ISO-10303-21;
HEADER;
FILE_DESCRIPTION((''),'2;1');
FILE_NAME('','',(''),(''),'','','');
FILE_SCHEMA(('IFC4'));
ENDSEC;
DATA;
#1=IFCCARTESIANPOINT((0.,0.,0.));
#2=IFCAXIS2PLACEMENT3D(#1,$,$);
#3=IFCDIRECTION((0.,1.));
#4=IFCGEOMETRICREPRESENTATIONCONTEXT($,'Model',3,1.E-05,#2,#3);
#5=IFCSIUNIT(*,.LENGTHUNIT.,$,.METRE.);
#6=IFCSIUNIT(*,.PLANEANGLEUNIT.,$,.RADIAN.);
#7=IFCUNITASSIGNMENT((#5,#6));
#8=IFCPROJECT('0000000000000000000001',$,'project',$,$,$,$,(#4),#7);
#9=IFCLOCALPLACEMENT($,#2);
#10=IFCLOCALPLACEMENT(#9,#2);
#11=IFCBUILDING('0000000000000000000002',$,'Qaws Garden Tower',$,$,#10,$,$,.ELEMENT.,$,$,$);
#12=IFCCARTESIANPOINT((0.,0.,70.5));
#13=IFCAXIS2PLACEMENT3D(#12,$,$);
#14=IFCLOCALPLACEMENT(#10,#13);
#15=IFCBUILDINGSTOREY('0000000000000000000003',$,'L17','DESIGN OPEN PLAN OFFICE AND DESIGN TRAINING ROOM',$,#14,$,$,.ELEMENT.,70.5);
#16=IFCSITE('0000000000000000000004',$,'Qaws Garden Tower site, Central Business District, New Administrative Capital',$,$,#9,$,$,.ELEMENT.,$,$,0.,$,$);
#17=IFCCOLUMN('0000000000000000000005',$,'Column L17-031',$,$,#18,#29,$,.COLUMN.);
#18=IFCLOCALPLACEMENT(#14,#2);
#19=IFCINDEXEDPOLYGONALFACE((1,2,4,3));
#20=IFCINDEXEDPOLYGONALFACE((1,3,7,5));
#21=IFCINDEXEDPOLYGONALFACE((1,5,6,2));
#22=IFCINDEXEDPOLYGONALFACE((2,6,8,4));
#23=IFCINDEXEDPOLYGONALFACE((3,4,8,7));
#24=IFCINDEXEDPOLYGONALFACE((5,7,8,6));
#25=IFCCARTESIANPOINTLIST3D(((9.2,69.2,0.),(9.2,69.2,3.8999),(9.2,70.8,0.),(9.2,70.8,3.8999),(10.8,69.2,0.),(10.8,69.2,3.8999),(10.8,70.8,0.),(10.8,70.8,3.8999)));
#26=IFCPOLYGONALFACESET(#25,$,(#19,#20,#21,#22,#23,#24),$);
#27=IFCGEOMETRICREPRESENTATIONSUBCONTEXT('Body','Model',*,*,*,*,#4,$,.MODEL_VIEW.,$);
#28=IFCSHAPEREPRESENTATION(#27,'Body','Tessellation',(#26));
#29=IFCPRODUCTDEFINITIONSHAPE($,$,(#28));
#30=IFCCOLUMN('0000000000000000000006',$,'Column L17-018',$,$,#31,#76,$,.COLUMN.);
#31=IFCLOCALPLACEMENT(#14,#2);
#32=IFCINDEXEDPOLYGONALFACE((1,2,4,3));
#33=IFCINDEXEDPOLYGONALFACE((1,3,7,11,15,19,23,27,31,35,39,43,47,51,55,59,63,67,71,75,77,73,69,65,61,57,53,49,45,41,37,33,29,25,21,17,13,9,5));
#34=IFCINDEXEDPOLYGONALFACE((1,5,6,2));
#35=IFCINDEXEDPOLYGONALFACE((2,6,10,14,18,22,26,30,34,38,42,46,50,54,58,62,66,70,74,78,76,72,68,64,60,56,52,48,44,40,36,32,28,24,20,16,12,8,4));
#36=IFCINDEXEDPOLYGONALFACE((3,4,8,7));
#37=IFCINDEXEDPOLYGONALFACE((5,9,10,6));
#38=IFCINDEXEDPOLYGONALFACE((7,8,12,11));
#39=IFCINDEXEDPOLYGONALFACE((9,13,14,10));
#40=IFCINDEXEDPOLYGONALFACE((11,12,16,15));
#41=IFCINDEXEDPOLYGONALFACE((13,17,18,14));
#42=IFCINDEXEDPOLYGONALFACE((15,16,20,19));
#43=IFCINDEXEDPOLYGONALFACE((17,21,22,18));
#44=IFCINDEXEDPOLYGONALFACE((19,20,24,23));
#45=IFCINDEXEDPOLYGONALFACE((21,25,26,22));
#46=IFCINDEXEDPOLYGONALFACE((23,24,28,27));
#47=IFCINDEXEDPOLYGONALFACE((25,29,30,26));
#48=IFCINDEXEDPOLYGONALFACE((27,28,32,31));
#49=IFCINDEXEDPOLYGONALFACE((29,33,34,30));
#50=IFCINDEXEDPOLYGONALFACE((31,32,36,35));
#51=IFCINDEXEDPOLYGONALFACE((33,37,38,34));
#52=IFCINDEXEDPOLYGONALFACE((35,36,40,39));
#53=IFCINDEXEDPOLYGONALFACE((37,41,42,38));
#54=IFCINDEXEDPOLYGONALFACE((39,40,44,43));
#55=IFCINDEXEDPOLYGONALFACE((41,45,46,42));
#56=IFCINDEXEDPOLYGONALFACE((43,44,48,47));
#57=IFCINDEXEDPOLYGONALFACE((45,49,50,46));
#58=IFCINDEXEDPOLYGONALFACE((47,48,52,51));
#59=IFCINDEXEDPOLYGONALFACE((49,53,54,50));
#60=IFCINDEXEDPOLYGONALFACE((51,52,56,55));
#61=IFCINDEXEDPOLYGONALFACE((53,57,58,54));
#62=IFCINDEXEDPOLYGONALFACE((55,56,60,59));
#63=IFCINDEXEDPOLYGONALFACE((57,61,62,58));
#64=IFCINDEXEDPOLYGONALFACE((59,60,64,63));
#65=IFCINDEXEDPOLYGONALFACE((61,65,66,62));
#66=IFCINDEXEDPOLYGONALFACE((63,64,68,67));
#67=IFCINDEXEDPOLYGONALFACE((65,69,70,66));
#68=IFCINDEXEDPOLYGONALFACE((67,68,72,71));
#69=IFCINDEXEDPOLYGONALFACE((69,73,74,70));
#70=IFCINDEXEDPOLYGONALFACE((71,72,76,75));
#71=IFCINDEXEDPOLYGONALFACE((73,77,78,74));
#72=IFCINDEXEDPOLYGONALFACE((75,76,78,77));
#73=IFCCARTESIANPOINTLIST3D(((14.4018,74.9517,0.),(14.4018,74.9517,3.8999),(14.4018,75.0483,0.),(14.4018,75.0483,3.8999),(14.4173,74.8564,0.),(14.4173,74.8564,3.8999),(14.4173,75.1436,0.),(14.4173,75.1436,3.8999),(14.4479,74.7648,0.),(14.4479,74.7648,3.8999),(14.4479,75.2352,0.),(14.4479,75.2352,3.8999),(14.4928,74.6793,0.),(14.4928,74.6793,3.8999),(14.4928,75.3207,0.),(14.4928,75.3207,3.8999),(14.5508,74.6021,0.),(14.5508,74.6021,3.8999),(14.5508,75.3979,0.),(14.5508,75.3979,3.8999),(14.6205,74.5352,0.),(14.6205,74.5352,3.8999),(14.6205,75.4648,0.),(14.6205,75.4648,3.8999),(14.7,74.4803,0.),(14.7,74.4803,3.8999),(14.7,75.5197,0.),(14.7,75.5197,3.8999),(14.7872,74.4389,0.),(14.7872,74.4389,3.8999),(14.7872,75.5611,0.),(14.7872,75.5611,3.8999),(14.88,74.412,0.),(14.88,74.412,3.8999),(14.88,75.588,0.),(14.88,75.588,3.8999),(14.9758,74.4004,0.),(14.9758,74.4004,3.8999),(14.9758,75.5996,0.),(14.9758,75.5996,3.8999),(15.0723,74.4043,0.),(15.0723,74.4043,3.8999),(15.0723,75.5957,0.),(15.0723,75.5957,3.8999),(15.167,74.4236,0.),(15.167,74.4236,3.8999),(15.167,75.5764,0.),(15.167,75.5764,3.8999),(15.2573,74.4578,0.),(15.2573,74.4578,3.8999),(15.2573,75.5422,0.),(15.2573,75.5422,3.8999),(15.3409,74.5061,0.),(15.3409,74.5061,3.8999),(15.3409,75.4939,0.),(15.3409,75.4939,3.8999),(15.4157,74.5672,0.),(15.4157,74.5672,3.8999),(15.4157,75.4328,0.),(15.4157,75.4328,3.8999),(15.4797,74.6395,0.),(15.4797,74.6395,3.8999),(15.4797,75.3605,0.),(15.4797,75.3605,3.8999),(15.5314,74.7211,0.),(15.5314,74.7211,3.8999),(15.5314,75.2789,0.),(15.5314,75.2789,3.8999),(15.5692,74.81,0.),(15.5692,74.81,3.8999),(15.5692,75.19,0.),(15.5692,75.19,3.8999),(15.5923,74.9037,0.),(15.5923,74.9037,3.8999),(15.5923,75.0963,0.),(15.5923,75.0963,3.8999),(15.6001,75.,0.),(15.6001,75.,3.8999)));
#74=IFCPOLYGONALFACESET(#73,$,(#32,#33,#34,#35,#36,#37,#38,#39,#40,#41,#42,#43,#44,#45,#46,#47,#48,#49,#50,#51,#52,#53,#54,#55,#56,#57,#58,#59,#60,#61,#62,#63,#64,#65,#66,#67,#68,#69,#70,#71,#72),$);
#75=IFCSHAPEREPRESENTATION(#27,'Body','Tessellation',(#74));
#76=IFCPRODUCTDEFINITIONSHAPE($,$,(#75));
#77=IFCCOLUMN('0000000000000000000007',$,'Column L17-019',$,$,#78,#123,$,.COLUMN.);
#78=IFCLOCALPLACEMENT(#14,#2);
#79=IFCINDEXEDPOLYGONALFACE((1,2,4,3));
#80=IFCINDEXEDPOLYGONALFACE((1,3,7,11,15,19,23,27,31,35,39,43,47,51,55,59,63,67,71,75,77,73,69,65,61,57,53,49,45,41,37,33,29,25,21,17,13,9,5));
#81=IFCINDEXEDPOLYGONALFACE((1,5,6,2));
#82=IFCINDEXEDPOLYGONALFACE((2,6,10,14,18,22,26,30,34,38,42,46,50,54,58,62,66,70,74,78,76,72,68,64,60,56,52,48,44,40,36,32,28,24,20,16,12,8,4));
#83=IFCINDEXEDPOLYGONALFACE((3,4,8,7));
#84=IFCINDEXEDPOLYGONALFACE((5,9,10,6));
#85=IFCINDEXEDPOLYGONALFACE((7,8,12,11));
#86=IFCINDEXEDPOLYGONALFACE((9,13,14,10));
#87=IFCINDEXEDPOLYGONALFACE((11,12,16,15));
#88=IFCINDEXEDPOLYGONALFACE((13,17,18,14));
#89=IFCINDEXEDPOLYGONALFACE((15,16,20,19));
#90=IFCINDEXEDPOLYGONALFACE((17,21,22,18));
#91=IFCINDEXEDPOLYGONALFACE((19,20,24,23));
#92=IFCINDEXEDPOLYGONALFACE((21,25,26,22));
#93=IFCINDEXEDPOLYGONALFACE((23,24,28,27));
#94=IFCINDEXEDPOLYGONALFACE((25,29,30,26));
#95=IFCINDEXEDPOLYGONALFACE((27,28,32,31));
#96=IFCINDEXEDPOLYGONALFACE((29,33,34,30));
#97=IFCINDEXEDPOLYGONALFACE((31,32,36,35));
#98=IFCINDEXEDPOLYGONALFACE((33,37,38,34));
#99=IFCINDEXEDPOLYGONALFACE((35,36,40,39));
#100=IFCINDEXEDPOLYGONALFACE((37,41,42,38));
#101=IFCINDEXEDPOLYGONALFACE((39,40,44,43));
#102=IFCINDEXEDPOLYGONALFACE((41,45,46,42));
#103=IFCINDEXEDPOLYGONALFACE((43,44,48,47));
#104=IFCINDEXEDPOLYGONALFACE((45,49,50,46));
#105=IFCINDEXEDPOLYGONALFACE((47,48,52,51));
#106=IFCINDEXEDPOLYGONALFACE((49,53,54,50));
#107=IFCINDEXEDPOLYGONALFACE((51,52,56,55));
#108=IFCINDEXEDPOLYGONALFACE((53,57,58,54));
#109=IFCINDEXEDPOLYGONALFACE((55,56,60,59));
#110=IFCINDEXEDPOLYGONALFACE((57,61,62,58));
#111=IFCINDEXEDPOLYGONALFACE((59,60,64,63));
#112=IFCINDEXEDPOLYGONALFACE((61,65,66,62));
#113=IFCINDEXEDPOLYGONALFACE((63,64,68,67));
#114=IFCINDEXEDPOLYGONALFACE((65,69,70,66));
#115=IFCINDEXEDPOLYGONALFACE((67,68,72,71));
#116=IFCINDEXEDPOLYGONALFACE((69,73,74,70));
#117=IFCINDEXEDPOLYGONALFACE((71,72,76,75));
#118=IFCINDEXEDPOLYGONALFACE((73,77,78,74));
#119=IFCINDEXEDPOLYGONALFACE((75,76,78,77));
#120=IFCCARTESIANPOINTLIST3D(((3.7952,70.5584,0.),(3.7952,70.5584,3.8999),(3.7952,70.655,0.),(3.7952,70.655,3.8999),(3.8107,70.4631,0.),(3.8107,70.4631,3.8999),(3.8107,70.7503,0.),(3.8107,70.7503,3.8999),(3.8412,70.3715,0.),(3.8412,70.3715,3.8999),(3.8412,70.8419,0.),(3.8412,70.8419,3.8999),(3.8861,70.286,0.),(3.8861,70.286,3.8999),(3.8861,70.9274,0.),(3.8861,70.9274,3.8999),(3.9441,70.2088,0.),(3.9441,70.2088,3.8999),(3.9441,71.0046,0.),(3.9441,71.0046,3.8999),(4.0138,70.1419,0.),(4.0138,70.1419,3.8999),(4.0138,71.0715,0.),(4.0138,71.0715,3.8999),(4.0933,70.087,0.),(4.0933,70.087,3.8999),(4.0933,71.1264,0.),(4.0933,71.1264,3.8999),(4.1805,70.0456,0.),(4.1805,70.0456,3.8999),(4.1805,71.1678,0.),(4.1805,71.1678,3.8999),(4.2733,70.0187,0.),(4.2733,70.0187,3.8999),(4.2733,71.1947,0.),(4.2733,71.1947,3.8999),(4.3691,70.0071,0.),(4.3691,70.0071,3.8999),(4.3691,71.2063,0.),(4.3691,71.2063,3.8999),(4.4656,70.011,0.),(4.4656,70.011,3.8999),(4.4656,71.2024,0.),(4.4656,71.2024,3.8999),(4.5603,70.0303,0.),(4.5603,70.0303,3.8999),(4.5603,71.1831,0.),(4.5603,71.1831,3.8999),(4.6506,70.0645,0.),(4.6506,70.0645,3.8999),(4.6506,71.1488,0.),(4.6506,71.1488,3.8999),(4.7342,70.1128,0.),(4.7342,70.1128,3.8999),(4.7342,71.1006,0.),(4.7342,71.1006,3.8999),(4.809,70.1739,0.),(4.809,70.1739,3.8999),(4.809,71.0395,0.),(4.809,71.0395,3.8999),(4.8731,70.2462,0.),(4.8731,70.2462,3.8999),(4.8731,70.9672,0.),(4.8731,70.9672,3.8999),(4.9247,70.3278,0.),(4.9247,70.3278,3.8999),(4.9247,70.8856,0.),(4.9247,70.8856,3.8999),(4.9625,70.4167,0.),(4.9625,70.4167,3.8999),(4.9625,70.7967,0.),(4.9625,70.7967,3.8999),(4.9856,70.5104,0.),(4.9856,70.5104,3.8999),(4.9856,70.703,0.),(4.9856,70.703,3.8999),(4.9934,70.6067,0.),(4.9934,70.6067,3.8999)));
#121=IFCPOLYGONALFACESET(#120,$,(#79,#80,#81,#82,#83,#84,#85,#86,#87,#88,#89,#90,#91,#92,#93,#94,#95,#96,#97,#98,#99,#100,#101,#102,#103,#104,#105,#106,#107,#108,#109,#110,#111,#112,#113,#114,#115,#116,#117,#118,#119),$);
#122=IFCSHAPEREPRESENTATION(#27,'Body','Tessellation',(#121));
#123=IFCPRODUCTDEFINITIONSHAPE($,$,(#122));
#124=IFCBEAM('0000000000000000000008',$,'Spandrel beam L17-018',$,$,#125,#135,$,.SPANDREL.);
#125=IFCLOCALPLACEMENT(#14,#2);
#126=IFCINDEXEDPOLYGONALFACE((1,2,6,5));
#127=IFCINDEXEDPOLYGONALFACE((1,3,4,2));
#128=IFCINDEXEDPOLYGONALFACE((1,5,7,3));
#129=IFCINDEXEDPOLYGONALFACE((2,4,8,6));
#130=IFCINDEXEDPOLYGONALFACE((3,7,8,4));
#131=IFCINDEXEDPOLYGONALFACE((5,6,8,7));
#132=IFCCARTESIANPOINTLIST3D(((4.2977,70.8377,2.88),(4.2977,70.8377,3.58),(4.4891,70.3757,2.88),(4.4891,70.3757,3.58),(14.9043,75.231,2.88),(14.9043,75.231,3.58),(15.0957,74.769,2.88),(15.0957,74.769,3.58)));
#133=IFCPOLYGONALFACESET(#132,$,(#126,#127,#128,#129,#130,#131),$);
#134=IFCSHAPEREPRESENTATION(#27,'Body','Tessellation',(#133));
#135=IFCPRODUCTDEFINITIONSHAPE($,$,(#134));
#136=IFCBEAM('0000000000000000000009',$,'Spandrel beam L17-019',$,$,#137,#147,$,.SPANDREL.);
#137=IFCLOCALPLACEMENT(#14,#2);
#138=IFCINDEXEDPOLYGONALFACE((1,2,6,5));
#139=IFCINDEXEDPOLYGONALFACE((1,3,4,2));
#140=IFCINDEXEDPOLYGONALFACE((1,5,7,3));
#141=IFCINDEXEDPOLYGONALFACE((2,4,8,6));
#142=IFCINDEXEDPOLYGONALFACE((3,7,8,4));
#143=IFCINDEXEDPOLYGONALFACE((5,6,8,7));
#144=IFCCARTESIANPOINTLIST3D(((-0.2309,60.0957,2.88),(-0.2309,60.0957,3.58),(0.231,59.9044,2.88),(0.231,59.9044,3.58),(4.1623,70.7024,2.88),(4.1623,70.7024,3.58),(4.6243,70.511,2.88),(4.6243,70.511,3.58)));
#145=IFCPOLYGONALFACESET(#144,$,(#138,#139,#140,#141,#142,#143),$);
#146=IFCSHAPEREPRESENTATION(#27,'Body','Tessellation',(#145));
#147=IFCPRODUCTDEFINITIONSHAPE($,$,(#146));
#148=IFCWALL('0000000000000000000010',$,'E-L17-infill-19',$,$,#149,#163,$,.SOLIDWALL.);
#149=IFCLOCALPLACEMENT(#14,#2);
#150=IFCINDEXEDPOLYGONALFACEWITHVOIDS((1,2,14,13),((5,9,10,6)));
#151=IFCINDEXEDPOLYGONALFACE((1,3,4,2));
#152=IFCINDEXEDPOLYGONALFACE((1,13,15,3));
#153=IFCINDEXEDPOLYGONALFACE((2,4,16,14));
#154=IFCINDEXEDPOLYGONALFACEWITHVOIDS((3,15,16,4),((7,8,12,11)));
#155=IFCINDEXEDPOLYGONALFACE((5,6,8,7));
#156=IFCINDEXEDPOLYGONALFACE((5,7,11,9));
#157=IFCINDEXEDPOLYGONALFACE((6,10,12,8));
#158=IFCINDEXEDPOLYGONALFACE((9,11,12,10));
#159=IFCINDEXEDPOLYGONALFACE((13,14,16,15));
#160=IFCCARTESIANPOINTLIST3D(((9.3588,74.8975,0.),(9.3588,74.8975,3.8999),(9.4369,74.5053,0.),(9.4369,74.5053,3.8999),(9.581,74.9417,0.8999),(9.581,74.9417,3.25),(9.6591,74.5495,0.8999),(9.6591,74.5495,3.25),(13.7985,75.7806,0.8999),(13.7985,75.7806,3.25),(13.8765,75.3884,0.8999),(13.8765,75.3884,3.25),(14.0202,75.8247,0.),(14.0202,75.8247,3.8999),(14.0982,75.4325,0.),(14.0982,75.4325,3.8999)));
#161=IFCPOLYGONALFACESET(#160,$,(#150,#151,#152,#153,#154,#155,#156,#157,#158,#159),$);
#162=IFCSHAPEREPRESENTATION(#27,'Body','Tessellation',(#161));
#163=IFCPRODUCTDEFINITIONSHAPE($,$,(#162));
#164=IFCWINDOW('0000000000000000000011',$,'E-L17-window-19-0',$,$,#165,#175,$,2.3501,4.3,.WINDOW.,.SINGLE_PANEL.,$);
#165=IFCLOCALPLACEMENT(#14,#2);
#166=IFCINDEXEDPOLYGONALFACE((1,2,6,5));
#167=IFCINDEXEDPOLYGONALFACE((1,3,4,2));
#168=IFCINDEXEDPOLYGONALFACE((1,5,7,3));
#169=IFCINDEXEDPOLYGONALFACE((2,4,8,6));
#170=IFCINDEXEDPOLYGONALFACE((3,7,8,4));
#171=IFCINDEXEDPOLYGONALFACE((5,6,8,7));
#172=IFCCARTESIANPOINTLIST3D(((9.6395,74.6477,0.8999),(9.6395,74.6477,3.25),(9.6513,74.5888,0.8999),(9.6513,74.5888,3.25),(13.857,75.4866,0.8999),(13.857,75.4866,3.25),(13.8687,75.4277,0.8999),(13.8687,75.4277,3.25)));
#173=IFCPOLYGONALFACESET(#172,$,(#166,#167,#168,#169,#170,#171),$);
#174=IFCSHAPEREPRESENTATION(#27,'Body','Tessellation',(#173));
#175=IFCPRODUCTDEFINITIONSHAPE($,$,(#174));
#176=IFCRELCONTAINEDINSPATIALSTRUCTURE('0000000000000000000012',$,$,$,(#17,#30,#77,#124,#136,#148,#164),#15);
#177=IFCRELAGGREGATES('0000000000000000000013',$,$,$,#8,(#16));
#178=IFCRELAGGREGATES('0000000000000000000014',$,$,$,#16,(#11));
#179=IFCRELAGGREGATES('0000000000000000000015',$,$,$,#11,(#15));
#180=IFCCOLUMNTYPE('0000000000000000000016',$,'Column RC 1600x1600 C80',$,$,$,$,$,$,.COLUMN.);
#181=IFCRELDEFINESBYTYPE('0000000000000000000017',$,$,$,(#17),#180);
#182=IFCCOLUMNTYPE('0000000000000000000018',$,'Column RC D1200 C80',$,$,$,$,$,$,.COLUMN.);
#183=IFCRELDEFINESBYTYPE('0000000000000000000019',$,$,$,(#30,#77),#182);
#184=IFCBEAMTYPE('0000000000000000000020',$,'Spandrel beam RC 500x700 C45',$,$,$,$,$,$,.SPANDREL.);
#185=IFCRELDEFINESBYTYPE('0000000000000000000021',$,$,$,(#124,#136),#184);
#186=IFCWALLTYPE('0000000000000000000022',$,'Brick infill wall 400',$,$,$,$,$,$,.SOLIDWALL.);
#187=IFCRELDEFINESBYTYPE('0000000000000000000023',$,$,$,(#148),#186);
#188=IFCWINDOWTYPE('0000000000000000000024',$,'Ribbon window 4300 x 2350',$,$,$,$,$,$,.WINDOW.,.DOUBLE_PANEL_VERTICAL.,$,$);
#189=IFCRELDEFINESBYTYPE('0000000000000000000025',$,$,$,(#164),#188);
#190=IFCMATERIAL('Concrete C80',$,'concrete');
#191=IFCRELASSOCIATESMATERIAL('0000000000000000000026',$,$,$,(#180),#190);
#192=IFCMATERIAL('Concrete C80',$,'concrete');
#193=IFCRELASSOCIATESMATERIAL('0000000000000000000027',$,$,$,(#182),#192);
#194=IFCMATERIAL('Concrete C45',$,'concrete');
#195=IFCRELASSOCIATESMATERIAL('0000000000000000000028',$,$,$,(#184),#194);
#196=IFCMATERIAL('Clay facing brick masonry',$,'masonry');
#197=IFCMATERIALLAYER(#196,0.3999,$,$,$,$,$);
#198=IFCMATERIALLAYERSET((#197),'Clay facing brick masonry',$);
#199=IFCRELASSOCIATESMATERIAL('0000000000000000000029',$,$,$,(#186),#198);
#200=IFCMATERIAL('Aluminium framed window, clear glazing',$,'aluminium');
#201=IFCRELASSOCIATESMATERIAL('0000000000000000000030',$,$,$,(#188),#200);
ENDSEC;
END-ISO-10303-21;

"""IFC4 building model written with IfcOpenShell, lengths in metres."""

from ifc_helpers import new_model, si_unit, direction, frame, frame_2d, origin, origin_2d, place, context, subcontext, project, spatial, rectangle, circle, extrude, material, layer, layer_set, material_profile, profile_set, type_object, element, fill, save


model = new_model("IFC4")

# Units and contexts
model_context = context("Model", 3, precision=1e-05, world=origin(), true_north=direction((0.0, 1.0)))
body_context = subcontext(model_context, "Body", "Model", "MODEL_VIEW")
ifc_project = project(units=[si_unit("LENGTHUNIT", "METRE"), si_unit("PLANEANGLEUNIT", "RADIAN")], contexts=[model_context])

# Site, building, storey
site_placement = place(None, origin())
site = spatial("IfcSite", under=ifc_project, at=site_placement, Name="Qaws Garden Tower site, Central Business District, New Administrative Capital", CompositionType="ELEMENT", RefElevation=0.0)
building_placement = place(site_placement, origin())
building = spatial("IfcBuilding", under=site, at=building_placement, Name="Qaws Garden Tower", CompositionType="ELEMENT")
storey_placement = place(building_placement, frame((0.0, 0.0, 70.5)))
storey = spatial("IfcBuildingStorey", under=building, at=storey_placement, Name="L17", Description="DESIGN OPEN PLAN OFFICE AND DESIGN TRAINING ROOM", CompositionType="ELEMENT", Elevation=70.5)

# Columns
ifc_material_1 = material(Name="Concrete C80", Category="concrete")
ifc_material_profile_1 = material_profile(ifc_material_1, rectangle(XDim=1.6001, YDim=1.6001, at=origin_2d()), Name="RC 1600x1600")
ifc_profile_set_1 = profile_set([ifc_material_profile_1], Name="Concrete C80")
column_type_1 = type_object("IfcColumnType", Name="Column RC 1600x1600 C80", PredefinedType="COLUMN", material=ifc_profile_set_1)
column_placement = place(storey_placement, frame((10.0, 70.0, 0.0), z_axis=(0.0, 0.0, 1.0), x_axis=(1.0, 0.0, 0.0)))
element("IfcColumn", 1, at=column_placement, inside=storey, type_object=column_type_1, Name="Column L17-031", PredefinedType="COLUMN", context=body_context, shape_type="SweptSolid", body=[
    extrude(rectangle(XDim=1.6001, YDim=1.6001, at=origin_2d()), origin(), (0.0, 0.0, 1.0), 3.8999),
])
ifc_material_2 = material(Name="Concrete C80", Category="concrete")
ifc_material_profile_2 = material_profile(ifc_material_2, circle(Radius=0.6001, at=origin_2d()), Name="RC D1200")
ifc_profile_set_2 = profile_set([ifc_material_profile_2], Name="Concrete C80")
column_type_2 = type_object("IfcColumnType", Name="Column RC D1200 C80", PredefinedType="COLUMN", material=ifc_profile_set_2)
for number, where, z_axis, x_axis, name in (
    (2, (15.0, 75.0, 0.0), (0.0, 0.0, 1.0), (1.0, 0.0, 0.0), "Column L17-018"),
    (3, (4.3933, 70.6067, 0.0), (0.0, 0.0, 1.0), (1.0, 0.0, 0.0), "Column L17-019"),
):
    element("IfcColumn", number, at=place(storey_placement, frame(where, z_axis=z_axis, x_axis=x_axis)), inside=storey, type_object=column_type_2, Name=name, PredefinedType="COLUMN", context=body_context, shape_type="SweptSolid", body=[
        extrude(circle(Radius=0.6001, at=origin_2d()), origin(), (0.0, 0.0, 1.0), 3.8999),
    ])

# Beams
ifc_material_3 = material(Name="Concrete C45", Category="concrete")
ifc_material_profile_3 = material_profile(ifc_material_3, rectangle(XDim=0.5, YDim=0.7, at=origin_2d()), Name="RC 500x700")
ifc_profile_set_3 = profile_set([ifc_material_profile_3], Name="Concrete C45")
beam_type = type_object("IfcBeamType", Name="Spandrel beam RC 500x700 C45", PredefinedType="SPANDREL", material=ifc_profile_set_3)
for number, where, z_axis, x_axis, name in (
    (4, (15.0, 75.0, 3.23), (-0.923883, -0.382674, 0.0), (0.382674, -0.923883, 0.0), "Spandrel beam L17-018"),
    (5, (4.3933, 70.6067, 3.23), (-0.382674, -0.923883, 0.0), (0.923883, -0.382674, 0.0), "Spandrel beam L17-019"),
):
    element("IfcBeam", number, at=place(storey_placement, frame(where, z_axis=z_axis, x_axis=x_axis)), inside=storey, type_object=beam_type, Name=name, PredefinedType="SPANDREL", context=body_context, shape_type="SweptSolid", body=[
        extrude(rectangle(XDim=0.5, YDim=0.7, at=origin_2d()), origin(), (0.0, 0.0, 1.0), 11.4805),
    ])

# Wall, opening, window
ifc_material_4 = material(Name="Clay facing brick masonry", Category="masonry")
ifc_layer_1 = layer(ifc_material_4, 0.3999)
ifc_layer_set_1 = layer_set([ifc_layer_1], Name="Clay facing brick masonry")
wall_type_1 = type_object("IfcWallType", Name="Brick infill wall 400", PredefinedType="SOLIDWALL", material=ifc_layer_set_1)
wall_1_placement = place(storey_placement, frame((14.0593, 75.6287, 0.0), z_axis=(0.0, 0.0, 1.0), x_axis=(-0.980784, -0.195099, 0.0)))
wall_1 = element("IfcWall", 6, at=wall_1_placement, inside=storey, type_object=wall_type_1, Name="E-L17-infill-19", PredefinedType="SOLIDWALL", context=body_context, shape_type="SweptSolid", body=[
    extrude(rectangle(XDim=4.7527, YDim=0.3999, at=frame_2d((2.3765, 0.0))), origin(), (0.0, 0.0, 1.0), 3.8999),
])
opening_1_placement = place(wall_1_placement, frame((0.2263, 0.0, 0.8999)))
opening_1 = element("IfcOpeningElement", 7, at=opening_1_placement, cuts=wall_1, PredefinedType="OPENING", context=body_context, shape_type="SweptSolid", body=[
    extrude(rectangle(XDim=4.3, YDim=2.3501, at=frame_2d((2.1499, 1.175))), frame((0.0, 0.21, 0.0), z_axis=(0.0, -1.0, 0.0), x_axis=(1.0, 0.0, 0.0)), (0.0, 0.0, 1.0), 0.4199),
])
ifc_material_5 = material(Name="Aluminium framed window, clear glazing", Category="aluminium")
window_type = type_object("IfcWindowType", Name="Ribbon window 4300 x 2350", PartitioningType="DOUBLE_PANEL_VERTICAL", PredefinedType="WINDOW", material=ifc_material_5)
window_1_placement = place(opening_1_placement, origin())
window_1 = element("IfcWindow", 8, at=window_1_placement, inside=storey, type_object=window_type, Name="E-L17-window-19-0", OverallHeight=2.3501, OverallWidth=4.3, PartitioningType="SINGLE_PANEL", PredefinedType="WINDOW", context=body_context, shape_type="SweptSolid", body=[
    extrude(rectangle(XDim=4.3, YDim=2.3501, at=frame_2d((2.1499, 1.175))), frame((0.0, 0.1599, 0.0), z_axis=(0.0, -1.0, 0.0), x_axis=(1.0, 0.0, 0.0)), (0.0, 0.0, 1.0), 0.0601),
])
fill(opening_1, window_1)

save(model, "model.ifc")
